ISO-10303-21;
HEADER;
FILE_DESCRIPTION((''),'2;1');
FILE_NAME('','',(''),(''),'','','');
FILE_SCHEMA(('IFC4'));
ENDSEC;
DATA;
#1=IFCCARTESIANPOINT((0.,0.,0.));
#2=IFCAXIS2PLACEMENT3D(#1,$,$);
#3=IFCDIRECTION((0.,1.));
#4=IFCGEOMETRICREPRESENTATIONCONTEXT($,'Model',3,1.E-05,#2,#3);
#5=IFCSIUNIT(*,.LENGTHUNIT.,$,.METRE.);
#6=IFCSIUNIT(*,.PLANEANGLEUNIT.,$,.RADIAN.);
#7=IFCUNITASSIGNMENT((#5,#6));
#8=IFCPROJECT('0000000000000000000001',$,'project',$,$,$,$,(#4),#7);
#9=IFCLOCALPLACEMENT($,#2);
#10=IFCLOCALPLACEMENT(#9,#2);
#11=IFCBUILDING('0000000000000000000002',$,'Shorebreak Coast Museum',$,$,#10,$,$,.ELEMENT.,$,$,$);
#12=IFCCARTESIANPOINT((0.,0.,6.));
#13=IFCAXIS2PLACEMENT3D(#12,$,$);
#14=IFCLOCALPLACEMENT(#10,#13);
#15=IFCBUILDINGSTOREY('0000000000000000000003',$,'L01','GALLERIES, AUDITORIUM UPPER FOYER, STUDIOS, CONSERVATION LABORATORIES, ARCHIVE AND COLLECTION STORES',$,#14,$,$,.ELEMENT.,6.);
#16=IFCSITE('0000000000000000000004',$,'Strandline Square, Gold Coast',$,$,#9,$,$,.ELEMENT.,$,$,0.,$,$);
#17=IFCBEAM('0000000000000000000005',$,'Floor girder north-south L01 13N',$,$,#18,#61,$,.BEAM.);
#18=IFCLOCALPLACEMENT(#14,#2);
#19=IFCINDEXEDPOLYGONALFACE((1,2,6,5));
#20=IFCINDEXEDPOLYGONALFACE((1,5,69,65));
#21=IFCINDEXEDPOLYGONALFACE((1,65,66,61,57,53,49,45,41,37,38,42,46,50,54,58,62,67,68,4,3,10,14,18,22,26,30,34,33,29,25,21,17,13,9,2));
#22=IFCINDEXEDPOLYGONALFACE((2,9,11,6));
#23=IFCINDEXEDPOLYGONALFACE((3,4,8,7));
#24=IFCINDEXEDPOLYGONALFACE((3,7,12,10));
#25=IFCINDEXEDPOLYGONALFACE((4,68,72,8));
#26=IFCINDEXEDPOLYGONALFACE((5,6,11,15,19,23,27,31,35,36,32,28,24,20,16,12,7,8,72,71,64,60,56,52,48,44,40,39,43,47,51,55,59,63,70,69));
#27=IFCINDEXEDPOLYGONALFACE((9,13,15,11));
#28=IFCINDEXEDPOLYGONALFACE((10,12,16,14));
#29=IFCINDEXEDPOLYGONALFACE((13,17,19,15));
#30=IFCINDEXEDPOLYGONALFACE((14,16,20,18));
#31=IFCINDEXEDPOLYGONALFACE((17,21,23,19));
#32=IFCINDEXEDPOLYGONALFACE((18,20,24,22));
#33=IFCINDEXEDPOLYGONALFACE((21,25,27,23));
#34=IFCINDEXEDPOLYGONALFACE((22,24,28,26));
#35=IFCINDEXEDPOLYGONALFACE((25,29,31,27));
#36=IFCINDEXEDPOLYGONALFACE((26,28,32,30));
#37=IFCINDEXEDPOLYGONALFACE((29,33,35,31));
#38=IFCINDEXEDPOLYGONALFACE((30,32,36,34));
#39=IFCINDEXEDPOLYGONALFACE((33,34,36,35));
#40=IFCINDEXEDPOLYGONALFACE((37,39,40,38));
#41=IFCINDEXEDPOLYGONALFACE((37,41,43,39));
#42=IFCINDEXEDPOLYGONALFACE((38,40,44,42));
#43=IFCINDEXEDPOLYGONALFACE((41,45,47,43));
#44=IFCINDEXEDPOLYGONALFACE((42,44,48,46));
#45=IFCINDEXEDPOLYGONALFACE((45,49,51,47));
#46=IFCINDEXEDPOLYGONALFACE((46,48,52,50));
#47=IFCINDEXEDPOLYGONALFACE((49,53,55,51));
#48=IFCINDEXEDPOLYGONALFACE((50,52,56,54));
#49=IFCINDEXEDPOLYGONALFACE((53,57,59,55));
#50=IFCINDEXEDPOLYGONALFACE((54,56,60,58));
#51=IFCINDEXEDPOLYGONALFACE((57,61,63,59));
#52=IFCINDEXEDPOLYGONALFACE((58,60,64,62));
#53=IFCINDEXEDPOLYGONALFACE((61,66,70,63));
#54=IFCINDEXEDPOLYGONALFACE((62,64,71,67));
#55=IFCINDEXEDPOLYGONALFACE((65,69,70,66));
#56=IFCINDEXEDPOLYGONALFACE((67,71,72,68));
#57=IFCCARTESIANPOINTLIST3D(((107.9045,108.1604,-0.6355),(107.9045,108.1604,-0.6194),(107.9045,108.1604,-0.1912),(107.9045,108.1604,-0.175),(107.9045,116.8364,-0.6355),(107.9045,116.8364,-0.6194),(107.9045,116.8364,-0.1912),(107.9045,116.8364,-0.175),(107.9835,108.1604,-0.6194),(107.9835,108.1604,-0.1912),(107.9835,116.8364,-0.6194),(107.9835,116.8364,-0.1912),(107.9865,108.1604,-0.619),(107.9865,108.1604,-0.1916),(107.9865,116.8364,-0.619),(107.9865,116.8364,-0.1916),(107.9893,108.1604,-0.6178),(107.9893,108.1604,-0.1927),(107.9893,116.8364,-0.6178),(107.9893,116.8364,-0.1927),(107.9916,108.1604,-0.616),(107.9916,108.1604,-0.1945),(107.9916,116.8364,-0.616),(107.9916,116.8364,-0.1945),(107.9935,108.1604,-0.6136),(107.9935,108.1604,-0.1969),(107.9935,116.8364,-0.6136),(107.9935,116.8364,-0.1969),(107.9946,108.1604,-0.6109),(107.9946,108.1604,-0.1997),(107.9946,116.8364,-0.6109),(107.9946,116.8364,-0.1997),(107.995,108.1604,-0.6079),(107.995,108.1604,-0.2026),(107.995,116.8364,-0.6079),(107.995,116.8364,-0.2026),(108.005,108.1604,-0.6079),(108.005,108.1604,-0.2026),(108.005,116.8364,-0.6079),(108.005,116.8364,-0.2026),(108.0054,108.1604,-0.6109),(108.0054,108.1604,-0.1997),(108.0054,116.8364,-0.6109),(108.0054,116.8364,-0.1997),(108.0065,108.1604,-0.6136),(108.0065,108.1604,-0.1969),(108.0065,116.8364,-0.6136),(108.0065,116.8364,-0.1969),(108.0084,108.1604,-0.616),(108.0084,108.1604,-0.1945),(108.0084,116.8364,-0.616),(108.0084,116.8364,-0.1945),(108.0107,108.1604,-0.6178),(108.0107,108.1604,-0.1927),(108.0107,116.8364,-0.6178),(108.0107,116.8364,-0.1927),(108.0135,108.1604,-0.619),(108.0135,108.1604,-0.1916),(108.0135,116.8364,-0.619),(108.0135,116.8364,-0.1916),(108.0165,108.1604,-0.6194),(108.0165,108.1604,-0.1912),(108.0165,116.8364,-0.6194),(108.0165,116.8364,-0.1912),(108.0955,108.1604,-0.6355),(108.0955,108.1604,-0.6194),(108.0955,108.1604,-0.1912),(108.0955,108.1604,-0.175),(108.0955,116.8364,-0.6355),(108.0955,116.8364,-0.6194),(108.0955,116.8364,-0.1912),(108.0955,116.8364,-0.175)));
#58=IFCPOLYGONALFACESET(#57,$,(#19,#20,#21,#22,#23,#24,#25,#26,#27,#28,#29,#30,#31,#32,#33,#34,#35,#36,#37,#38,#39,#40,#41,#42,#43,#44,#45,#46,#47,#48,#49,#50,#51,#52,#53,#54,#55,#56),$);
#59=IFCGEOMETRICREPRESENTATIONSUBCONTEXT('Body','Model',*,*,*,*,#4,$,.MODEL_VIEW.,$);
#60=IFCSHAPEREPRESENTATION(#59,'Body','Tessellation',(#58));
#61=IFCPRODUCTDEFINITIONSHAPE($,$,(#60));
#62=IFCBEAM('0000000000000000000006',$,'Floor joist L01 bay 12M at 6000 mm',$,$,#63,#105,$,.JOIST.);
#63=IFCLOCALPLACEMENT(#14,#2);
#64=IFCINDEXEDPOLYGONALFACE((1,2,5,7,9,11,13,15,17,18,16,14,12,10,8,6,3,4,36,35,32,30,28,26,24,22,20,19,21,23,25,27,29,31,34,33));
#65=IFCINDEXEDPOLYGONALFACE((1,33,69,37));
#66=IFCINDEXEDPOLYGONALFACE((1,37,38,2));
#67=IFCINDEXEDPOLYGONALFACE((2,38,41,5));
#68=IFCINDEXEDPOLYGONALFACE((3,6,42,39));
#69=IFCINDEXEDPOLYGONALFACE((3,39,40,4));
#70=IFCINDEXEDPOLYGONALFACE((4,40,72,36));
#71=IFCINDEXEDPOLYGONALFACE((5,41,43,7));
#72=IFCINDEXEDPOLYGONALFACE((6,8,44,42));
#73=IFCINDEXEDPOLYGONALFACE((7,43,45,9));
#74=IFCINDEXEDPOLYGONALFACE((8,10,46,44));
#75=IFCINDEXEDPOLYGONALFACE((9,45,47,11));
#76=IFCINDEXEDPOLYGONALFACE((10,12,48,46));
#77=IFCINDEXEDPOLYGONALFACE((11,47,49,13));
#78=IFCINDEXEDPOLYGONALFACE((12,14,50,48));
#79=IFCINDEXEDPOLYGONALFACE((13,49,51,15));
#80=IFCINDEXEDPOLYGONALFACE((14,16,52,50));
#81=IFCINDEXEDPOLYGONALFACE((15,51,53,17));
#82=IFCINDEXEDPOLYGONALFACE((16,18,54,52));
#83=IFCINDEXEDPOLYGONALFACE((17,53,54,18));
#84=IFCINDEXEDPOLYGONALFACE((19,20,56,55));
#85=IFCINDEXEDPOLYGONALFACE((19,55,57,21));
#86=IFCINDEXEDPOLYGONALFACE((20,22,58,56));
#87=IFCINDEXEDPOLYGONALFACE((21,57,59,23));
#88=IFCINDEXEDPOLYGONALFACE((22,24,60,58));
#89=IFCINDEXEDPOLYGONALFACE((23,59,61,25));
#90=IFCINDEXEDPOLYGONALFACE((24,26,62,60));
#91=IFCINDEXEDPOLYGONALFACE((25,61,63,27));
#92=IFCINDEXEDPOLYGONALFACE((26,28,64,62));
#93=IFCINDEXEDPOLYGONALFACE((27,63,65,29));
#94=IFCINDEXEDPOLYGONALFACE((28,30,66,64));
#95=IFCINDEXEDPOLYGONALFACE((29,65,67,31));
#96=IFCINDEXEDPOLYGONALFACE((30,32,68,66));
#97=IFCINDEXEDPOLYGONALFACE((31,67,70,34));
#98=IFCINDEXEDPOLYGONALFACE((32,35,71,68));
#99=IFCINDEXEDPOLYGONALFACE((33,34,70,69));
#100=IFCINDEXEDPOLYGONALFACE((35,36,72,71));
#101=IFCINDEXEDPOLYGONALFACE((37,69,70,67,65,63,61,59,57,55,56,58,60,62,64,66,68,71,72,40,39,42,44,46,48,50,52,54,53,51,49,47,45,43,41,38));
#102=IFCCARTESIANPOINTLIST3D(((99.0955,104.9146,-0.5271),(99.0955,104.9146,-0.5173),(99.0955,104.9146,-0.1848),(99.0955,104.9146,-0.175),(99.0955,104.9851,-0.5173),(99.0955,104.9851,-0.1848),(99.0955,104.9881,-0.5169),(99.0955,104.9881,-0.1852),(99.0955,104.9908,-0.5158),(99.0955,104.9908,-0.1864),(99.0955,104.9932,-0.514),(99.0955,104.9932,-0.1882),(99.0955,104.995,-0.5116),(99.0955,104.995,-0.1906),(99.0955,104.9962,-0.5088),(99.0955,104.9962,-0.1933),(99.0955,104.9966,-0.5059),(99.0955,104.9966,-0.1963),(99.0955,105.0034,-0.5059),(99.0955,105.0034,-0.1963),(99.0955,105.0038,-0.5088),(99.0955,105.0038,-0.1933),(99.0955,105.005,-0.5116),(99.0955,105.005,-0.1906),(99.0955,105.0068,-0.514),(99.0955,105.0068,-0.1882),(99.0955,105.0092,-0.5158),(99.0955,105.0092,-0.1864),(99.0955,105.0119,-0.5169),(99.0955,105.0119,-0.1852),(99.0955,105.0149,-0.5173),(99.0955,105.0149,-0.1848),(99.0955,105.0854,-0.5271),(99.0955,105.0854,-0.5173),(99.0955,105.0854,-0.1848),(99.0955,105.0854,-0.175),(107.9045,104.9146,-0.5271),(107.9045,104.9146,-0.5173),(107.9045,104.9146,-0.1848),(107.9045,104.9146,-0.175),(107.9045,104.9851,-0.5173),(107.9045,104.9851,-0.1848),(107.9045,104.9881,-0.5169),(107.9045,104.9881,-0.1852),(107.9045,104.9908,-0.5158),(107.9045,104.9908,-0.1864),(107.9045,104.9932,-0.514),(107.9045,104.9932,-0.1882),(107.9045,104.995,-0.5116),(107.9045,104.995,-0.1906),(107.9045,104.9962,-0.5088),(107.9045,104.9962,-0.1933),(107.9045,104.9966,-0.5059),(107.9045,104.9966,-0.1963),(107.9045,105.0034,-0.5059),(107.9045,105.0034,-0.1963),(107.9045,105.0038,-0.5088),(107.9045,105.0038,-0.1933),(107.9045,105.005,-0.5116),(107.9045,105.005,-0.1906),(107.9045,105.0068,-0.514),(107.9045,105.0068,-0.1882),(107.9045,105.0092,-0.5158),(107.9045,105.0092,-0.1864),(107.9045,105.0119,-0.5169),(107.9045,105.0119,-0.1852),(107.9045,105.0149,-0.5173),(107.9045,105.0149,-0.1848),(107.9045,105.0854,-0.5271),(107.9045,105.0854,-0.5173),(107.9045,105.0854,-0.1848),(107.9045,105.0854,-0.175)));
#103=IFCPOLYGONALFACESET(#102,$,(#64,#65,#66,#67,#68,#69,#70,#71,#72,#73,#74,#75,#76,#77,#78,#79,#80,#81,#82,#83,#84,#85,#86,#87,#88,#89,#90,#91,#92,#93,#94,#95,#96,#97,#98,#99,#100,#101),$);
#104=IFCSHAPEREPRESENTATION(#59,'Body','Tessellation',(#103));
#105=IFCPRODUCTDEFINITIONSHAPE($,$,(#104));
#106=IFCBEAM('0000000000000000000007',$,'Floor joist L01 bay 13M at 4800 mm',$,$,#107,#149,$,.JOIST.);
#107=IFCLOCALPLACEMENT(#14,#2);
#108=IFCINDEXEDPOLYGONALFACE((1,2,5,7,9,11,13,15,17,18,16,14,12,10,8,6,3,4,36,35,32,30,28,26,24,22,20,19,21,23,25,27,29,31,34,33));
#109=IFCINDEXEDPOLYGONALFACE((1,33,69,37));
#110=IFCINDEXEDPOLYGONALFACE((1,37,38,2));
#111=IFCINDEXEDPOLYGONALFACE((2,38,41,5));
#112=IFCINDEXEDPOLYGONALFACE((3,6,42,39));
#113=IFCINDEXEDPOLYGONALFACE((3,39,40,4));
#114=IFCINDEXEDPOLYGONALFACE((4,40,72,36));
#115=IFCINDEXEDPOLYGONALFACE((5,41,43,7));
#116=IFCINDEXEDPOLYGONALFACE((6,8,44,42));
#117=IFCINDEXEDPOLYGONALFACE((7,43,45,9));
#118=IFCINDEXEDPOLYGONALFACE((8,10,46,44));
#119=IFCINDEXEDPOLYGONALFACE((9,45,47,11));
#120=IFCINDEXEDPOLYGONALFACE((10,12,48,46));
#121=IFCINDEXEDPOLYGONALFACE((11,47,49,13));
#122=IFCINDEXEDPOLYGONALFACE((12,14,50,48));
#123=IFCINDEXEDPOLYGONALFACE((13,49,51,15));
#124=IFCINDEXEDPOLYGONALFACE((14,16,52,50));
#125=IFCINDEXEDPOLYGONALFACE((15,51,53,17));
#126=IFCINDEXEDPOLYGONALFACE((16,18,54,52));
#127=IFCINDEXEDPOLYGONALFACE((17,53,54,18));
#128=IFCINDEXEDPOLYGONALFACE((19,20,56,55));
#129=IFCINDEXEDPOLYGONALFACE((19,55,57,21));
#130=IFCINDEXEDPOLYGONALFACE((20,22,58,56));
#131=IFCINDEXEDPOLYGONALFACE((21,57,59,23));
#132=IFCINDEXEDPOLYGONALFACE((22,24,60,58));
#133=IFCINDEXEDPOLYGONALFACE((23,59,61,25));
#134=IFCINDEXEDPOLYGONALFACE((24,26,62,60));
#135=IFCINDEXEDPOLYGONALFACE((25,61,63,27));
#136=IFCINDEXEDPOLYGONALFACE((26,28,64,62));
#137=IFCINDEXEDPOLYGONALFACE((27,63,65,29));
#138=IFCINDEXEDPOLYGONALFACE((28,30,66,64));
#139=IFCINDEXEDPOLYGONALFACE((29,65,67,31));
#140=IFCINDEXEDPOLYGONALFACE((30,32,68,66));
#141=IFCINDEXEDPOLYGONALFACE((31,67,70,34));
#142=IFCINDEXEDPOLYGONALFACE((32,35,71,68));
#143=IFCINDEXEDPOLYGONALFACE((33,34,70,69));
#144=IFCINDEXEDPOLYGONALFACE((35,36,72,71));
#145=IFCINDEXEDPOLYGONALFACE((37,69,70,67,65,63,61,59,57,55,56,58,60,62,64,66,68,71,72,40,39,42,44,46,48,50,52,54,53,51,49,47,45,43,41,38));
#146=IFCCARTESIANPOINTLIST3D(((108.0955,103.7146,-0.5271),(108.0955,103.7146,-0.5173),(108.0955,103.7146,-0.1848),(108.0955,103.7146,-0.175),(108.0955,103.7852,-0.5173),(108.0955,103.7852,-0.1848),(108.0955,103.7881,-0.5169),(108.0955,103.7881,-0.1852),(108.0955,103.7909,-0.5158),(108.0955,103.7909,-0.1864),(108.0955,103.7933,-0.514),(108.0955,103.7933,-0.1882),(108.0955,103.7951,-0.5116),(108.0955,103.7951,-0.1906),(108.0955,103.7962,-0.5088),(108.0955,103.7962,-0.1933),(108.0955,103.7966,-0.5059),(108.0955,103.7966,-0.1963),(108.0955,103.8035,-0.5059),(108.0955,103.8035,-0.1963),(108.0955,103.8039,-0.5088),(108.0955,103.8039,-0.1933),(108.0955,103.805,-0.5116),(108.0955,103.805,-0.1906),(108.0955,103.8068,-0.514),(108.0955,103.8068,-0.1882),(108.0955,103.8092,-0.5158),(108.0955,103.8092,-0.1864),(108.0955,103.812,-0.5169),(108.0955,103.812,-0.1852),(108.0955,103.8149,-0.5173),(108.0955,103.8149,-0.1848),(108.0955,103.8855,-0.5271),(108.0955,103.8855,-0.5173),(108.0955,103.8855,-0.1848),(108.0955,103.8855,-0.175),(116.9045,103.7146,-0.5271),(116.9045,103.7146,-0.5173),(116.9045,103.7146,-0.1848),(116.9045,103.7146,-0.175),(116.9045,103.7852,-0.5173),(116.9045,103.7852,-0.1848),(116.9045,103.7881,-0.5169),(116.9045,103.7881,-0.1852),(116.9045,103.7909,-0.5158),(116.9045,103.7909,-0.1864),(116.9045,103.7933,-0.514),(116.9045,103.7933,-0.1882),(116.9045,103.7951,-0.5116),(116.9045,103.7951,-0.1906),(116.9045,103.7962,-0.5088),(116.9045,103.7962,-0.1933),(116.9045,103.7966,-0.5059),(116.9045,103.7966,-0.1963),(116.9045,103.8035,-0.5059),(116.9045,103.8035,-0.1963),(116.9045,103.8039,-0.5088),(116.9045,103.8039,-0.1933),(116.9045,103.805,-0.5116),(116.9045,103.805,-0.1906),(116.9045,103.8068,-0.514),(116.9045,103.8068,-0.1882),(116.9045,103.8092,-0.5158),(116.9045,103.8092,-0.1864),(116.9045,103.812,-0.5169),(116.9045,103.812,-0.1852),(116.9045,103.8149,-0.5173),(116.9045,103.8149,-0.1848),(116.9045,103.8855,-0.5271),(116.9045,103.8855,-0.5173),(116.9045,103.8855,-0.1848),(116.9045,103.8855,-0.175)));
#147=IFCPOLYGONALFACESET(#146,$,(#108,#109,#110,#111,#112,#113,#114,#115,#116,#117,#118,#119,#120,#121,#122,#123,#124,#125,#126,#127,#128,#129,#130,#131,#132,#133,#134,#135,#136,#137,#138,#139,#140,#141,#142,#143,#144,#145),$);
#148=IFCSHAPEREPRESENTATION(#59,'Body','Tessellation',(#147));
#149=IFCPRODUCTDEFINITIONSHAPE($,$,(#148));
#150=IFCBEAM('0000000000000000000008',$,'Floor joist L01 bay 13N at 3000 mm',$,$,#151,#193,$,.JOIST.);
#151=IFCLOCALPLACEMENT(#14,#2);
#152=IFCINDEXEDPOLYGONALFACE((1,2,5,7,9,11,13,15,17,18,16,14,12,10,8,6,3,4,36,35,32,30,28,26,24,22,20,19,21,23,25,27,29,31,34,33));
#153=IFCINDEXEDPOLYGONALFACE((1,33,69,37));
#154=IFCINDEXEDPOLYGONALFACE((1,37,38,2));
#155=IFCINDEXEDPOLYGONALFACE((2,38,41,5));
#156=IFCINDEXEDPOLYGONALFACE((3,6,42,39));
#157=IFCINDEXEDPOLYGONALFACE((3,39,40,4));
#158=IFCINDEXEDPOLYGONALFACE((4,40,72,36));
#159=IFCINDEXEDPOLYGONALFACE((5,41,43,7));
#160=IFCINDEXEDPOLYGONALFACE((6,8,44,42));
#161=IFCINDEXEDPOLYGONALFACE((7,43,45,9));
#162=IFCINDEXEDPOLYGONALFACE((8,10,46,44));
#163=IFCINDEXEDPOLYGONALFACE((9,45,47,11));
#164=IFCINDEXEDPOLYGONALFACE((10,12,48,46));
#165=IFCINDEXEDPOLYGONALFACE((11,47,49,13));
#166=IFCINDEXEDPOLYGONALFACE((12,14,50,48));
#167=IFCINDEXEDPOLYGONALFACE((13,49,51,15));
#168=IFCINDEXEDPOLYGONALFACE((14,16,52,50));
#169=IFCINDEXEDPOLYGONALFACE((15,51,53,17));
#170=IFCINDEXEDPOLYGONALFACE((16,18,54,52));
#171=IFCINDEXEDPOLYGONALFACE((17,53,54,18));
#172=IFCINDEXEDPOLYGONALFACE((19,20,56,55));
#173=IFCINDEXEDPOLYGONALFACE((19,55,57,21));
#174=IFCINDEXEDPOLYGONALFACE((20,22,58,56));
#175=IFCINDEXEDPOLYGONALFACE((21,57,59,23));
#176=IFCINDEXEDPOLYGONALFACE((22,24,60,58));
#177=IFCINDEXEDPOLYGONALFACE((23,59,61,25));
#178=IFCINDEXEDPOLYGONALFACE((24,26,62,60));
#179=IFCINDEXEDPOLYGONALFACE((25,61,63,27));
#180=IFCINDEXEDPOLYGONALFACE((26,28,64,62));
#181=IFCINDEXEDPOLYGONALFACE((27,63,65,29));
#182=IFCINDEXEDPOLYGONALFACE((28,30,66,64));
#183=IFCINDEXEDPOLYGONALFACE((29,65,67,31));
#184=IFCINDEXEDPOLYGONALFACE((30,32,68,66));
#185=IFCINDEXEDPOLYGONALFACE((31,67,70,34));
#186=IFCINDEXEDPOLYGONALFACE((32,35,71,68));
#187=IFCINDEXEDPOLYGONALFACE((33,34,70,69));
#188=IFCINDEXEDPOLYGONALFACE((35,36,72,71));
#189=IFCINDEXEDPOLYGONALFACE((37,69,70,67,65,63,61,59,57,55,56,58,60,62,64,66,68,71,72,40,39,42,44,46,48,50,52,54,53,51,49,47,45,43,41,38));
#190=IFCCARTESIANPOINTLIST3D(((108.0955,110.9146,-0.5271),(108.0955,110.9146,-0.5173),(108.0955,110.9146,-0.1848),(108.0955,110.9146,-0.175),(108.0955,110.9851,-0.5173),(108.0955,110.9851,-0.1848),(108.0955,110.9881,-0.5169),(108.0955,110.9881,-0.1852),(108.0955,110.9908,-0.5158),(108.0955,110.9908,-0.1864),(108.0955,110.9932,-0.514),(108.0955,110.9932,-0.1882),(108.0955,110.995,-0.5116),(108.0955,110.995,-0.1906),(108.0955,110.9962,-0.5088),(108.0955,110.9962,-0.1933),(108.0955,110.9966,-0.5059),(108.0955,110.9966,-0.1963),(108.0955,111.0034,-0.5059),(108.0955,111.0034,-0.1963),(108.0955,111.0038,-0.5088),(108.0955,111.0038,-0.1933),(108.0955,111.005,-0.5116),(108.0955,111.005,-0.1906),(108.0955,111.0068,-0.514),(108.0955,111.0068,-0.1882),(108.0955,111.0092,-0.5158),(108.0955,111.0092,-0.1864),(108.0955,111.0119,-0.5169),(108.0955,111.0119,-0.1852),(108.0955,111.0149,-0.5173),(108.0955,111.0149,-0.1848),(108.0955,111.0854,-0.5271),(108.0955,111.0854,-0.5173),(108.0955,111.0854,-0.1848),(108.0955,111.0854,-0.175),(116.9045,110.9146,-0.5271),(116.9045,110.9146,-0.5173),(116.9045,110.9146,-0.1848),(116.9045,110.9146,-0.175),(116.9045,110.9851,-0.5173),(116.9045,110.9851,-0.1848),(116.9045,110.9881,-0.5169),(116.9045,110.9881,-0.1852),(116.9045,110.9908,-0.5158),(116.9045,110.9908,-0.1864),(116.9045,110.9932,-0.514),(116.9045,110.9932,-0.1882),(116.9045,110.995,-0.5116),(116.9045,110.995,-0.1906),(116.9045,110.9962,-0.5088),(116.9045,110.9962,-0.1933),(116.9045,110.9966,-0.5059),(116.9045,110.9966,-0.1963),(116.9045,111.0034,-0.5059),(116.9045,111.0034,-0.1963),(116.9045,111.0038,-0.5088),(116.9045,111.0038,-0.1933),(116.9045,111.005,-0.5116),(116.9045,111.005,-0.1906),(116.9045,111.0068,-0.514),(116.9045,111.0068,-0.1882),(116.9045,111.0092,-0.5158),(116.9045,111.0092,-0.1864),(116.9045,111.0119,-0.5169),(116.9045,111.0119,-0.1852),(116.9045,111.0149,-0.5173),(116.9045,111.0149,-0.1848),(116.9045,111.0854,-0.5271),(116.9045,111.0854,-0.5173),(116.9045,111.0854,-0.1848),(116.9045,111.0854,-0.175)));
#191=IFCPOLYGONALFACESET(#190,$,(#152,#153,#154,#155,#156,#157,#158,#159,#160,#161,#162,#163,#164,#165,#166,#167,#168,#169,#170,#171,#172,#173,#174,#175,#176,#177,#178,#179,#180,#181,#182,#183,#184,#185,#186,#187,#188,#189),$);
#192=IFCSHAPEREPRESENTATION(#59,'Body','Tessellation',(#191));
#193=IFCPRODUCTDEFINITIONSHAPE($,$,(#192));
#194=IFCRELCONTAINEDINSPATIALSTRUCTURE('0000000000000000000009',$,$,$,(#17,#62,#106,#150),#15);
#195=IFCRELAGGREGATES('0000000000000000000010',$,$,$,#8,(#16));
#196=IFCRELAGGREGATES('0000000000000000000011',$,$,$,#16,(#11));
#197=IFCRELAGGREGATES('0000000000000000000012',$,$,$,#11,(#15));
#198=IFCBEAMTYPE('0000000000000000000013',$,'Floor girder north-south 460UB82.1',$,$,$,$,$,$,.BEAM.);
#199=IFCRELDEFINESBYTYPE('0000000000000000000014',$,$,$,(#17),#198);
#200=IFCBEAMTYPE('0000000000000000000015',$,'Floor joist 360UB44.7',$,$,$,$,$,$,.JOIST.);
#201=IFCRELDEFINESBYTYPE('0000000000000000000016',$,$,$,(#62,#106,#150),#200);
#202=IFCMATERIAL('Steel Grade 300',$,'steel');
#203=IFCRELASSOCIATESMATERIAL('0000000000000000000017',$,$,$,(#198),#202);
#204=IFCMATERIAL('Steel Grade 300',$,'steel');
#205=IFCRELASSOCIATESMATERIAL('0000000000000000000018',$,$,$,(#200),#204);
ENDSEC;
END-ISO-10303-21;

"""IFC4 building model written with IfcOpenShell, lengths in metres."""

from ifc_helpers import new_model, si_unit, direction, frame, origin, origin_2d, place, context, subcontext, project, spatial, i_section, extrude, material, material_profile, profile_set, type_object, element, save


model = new_model("IFC4")

# Units and contexts
model_context = context("Model", 3, precision=1e-05, world=origin(), true_north=direction((0.0, 1.0)))
body_context = subcontext(model_context, "Body", "Model", "MODEL_VIEW")
ifc_project = project(units=[si_unit("LENGTHUNIT", "METRE"), si_unit("PLANEANGLEUNIT", "RADIAN")], contexts=[model_context])

# Site, building, storey
site_placement = place(None, origin())
site = spatial("IfcSite", under=ifc_project, at=site_placement, Name="Strandline Square, Gold Coast", CompositionType="ELEMENT", RefElevation=0.0)
building_placement = place(site_placement, origin())
building = spatial("IfcBuilding", under=site, at=building_placement, Name="Shorebreak Coast Museum", CompositionType="ELEMENT")
storey_placement = place(building_placement, frame((0.0, 0.0, 6.0)))
storey = spatial("IfcBuildingStorey", under=building, at=storey_placement, Name="L01", Description="GALLERIES, AUDITORIUM UPPER FOYER, STUDIOS, CONSERVATION LABORATORIES, ARCHIVE AND COLLECTION STORES", CompositionType="ELEMENT", Elevation=6.0)

# Beams
ifc_material_1 = material(Name="Steel Grade 300", Category="steel")
ifc_material_profile_1 = material_profile(ifc_material_1, i_section(OverallWidth=0.1909, OverallDepth=0.4604, WebThickness=0.01, FlangeThickness=0.0161, FilletRadius=0.0115, at=origin_2d()), Name="460UB82.1")
ifc_profile_set_1 = profile_set([ifc_material_profile_1], Name="Steel Grade 300")
beam_type_1 = type_object("IfcBeamType", Name="Floor girder north-south 460UB82.1", PredefinedType="BEAM", material=ifc_profile_set_1)
for number, where, z_axis, x_axis, name in (
    (1, (108.0, 108.1604, -0.4053), (0.0, 1.0, 0.0), (-1.0, 0.0, 0.0), "Floor girder north-south L01 13N"),
):
    element("IfcBeam", number, at=place(storey_placement, frame(where, z_axis=z_axis, x_axis=x_axis)), inside=storey, type_object=beam_type_1, Name=name, PredefinedType="BEAM", context=body_context, shape_type="SweptSolid", body=[
        extrude(i_section(OverallWidth=0.1909, OverallDepth=0.4604, WebThickness=0.01, FlangeThickness=0.0161, FilletRadius=0.0115, at=origin_2d()), origin(), (0.0, 0.0, 1.0), 8.676),
    ])
ifc_material_2 = material(Name="Steel Grade 300", Category="steel")
ifc_material_profile_2 = material_profile(ifc_material_2, i_section(OverallWidth=0.1709, OverallDepth=0.3521, WebThickness=0.0068, FlangeThickness=0.0098, FilletRadius=0.0115, at=origin_2d()), Name="360UB44.7")
ifc_profile_set_2 = profile_set([ifc_material_profile_2], Name="Steel Grade 300")
beam_type_2 = type_object("IfcBeamType", Name="Floor joist 360UB44.7", PredefinedType="JOIST", material=ifc_profile_set_2)
for number, where, z_axis, x_axis, name in (
    (2, (99.0955, 105.0, -0.3511), (1.0, 0.0, 0.0), (0.0, 1.0, 0.0), "Floor joist L01 bay 12M at 6000 mm"),
    (3, (108.0955, 103.8, -0.3511), (1.0, 0.0, 0.0), (0.0, 1.0, 0.0), "Floor joist L01 bay 13M at 4800 mm"),
    (4, (108.0955, 111.0, -0.3511), (1.0, 0.0, 0.0), (0.0, 1.0, 0.0), "Floor joist L01 bay 13N at 3000 mm"),
):
    element("IfcBeam", number, at=place(storey_placement, frame(where, z_axis=z_axis, x_axis=x_axis)), inside=storey, type_object=beam_type_2, Name=name, PredefinedType="JOIST", context=body_context, shape_type="SweptSolid", body=[
        extrude(i_section(OverallWidth=0.1709, OverallDepth=0.3521, WebThickness=0.0068, FlangeThickness=0.0098, FilletRadius=0.0115, at=origin_2d()), origin(), (0.0, 0.0, 1.0), 8.8091),
    ])

save(model, "model.ifc")
